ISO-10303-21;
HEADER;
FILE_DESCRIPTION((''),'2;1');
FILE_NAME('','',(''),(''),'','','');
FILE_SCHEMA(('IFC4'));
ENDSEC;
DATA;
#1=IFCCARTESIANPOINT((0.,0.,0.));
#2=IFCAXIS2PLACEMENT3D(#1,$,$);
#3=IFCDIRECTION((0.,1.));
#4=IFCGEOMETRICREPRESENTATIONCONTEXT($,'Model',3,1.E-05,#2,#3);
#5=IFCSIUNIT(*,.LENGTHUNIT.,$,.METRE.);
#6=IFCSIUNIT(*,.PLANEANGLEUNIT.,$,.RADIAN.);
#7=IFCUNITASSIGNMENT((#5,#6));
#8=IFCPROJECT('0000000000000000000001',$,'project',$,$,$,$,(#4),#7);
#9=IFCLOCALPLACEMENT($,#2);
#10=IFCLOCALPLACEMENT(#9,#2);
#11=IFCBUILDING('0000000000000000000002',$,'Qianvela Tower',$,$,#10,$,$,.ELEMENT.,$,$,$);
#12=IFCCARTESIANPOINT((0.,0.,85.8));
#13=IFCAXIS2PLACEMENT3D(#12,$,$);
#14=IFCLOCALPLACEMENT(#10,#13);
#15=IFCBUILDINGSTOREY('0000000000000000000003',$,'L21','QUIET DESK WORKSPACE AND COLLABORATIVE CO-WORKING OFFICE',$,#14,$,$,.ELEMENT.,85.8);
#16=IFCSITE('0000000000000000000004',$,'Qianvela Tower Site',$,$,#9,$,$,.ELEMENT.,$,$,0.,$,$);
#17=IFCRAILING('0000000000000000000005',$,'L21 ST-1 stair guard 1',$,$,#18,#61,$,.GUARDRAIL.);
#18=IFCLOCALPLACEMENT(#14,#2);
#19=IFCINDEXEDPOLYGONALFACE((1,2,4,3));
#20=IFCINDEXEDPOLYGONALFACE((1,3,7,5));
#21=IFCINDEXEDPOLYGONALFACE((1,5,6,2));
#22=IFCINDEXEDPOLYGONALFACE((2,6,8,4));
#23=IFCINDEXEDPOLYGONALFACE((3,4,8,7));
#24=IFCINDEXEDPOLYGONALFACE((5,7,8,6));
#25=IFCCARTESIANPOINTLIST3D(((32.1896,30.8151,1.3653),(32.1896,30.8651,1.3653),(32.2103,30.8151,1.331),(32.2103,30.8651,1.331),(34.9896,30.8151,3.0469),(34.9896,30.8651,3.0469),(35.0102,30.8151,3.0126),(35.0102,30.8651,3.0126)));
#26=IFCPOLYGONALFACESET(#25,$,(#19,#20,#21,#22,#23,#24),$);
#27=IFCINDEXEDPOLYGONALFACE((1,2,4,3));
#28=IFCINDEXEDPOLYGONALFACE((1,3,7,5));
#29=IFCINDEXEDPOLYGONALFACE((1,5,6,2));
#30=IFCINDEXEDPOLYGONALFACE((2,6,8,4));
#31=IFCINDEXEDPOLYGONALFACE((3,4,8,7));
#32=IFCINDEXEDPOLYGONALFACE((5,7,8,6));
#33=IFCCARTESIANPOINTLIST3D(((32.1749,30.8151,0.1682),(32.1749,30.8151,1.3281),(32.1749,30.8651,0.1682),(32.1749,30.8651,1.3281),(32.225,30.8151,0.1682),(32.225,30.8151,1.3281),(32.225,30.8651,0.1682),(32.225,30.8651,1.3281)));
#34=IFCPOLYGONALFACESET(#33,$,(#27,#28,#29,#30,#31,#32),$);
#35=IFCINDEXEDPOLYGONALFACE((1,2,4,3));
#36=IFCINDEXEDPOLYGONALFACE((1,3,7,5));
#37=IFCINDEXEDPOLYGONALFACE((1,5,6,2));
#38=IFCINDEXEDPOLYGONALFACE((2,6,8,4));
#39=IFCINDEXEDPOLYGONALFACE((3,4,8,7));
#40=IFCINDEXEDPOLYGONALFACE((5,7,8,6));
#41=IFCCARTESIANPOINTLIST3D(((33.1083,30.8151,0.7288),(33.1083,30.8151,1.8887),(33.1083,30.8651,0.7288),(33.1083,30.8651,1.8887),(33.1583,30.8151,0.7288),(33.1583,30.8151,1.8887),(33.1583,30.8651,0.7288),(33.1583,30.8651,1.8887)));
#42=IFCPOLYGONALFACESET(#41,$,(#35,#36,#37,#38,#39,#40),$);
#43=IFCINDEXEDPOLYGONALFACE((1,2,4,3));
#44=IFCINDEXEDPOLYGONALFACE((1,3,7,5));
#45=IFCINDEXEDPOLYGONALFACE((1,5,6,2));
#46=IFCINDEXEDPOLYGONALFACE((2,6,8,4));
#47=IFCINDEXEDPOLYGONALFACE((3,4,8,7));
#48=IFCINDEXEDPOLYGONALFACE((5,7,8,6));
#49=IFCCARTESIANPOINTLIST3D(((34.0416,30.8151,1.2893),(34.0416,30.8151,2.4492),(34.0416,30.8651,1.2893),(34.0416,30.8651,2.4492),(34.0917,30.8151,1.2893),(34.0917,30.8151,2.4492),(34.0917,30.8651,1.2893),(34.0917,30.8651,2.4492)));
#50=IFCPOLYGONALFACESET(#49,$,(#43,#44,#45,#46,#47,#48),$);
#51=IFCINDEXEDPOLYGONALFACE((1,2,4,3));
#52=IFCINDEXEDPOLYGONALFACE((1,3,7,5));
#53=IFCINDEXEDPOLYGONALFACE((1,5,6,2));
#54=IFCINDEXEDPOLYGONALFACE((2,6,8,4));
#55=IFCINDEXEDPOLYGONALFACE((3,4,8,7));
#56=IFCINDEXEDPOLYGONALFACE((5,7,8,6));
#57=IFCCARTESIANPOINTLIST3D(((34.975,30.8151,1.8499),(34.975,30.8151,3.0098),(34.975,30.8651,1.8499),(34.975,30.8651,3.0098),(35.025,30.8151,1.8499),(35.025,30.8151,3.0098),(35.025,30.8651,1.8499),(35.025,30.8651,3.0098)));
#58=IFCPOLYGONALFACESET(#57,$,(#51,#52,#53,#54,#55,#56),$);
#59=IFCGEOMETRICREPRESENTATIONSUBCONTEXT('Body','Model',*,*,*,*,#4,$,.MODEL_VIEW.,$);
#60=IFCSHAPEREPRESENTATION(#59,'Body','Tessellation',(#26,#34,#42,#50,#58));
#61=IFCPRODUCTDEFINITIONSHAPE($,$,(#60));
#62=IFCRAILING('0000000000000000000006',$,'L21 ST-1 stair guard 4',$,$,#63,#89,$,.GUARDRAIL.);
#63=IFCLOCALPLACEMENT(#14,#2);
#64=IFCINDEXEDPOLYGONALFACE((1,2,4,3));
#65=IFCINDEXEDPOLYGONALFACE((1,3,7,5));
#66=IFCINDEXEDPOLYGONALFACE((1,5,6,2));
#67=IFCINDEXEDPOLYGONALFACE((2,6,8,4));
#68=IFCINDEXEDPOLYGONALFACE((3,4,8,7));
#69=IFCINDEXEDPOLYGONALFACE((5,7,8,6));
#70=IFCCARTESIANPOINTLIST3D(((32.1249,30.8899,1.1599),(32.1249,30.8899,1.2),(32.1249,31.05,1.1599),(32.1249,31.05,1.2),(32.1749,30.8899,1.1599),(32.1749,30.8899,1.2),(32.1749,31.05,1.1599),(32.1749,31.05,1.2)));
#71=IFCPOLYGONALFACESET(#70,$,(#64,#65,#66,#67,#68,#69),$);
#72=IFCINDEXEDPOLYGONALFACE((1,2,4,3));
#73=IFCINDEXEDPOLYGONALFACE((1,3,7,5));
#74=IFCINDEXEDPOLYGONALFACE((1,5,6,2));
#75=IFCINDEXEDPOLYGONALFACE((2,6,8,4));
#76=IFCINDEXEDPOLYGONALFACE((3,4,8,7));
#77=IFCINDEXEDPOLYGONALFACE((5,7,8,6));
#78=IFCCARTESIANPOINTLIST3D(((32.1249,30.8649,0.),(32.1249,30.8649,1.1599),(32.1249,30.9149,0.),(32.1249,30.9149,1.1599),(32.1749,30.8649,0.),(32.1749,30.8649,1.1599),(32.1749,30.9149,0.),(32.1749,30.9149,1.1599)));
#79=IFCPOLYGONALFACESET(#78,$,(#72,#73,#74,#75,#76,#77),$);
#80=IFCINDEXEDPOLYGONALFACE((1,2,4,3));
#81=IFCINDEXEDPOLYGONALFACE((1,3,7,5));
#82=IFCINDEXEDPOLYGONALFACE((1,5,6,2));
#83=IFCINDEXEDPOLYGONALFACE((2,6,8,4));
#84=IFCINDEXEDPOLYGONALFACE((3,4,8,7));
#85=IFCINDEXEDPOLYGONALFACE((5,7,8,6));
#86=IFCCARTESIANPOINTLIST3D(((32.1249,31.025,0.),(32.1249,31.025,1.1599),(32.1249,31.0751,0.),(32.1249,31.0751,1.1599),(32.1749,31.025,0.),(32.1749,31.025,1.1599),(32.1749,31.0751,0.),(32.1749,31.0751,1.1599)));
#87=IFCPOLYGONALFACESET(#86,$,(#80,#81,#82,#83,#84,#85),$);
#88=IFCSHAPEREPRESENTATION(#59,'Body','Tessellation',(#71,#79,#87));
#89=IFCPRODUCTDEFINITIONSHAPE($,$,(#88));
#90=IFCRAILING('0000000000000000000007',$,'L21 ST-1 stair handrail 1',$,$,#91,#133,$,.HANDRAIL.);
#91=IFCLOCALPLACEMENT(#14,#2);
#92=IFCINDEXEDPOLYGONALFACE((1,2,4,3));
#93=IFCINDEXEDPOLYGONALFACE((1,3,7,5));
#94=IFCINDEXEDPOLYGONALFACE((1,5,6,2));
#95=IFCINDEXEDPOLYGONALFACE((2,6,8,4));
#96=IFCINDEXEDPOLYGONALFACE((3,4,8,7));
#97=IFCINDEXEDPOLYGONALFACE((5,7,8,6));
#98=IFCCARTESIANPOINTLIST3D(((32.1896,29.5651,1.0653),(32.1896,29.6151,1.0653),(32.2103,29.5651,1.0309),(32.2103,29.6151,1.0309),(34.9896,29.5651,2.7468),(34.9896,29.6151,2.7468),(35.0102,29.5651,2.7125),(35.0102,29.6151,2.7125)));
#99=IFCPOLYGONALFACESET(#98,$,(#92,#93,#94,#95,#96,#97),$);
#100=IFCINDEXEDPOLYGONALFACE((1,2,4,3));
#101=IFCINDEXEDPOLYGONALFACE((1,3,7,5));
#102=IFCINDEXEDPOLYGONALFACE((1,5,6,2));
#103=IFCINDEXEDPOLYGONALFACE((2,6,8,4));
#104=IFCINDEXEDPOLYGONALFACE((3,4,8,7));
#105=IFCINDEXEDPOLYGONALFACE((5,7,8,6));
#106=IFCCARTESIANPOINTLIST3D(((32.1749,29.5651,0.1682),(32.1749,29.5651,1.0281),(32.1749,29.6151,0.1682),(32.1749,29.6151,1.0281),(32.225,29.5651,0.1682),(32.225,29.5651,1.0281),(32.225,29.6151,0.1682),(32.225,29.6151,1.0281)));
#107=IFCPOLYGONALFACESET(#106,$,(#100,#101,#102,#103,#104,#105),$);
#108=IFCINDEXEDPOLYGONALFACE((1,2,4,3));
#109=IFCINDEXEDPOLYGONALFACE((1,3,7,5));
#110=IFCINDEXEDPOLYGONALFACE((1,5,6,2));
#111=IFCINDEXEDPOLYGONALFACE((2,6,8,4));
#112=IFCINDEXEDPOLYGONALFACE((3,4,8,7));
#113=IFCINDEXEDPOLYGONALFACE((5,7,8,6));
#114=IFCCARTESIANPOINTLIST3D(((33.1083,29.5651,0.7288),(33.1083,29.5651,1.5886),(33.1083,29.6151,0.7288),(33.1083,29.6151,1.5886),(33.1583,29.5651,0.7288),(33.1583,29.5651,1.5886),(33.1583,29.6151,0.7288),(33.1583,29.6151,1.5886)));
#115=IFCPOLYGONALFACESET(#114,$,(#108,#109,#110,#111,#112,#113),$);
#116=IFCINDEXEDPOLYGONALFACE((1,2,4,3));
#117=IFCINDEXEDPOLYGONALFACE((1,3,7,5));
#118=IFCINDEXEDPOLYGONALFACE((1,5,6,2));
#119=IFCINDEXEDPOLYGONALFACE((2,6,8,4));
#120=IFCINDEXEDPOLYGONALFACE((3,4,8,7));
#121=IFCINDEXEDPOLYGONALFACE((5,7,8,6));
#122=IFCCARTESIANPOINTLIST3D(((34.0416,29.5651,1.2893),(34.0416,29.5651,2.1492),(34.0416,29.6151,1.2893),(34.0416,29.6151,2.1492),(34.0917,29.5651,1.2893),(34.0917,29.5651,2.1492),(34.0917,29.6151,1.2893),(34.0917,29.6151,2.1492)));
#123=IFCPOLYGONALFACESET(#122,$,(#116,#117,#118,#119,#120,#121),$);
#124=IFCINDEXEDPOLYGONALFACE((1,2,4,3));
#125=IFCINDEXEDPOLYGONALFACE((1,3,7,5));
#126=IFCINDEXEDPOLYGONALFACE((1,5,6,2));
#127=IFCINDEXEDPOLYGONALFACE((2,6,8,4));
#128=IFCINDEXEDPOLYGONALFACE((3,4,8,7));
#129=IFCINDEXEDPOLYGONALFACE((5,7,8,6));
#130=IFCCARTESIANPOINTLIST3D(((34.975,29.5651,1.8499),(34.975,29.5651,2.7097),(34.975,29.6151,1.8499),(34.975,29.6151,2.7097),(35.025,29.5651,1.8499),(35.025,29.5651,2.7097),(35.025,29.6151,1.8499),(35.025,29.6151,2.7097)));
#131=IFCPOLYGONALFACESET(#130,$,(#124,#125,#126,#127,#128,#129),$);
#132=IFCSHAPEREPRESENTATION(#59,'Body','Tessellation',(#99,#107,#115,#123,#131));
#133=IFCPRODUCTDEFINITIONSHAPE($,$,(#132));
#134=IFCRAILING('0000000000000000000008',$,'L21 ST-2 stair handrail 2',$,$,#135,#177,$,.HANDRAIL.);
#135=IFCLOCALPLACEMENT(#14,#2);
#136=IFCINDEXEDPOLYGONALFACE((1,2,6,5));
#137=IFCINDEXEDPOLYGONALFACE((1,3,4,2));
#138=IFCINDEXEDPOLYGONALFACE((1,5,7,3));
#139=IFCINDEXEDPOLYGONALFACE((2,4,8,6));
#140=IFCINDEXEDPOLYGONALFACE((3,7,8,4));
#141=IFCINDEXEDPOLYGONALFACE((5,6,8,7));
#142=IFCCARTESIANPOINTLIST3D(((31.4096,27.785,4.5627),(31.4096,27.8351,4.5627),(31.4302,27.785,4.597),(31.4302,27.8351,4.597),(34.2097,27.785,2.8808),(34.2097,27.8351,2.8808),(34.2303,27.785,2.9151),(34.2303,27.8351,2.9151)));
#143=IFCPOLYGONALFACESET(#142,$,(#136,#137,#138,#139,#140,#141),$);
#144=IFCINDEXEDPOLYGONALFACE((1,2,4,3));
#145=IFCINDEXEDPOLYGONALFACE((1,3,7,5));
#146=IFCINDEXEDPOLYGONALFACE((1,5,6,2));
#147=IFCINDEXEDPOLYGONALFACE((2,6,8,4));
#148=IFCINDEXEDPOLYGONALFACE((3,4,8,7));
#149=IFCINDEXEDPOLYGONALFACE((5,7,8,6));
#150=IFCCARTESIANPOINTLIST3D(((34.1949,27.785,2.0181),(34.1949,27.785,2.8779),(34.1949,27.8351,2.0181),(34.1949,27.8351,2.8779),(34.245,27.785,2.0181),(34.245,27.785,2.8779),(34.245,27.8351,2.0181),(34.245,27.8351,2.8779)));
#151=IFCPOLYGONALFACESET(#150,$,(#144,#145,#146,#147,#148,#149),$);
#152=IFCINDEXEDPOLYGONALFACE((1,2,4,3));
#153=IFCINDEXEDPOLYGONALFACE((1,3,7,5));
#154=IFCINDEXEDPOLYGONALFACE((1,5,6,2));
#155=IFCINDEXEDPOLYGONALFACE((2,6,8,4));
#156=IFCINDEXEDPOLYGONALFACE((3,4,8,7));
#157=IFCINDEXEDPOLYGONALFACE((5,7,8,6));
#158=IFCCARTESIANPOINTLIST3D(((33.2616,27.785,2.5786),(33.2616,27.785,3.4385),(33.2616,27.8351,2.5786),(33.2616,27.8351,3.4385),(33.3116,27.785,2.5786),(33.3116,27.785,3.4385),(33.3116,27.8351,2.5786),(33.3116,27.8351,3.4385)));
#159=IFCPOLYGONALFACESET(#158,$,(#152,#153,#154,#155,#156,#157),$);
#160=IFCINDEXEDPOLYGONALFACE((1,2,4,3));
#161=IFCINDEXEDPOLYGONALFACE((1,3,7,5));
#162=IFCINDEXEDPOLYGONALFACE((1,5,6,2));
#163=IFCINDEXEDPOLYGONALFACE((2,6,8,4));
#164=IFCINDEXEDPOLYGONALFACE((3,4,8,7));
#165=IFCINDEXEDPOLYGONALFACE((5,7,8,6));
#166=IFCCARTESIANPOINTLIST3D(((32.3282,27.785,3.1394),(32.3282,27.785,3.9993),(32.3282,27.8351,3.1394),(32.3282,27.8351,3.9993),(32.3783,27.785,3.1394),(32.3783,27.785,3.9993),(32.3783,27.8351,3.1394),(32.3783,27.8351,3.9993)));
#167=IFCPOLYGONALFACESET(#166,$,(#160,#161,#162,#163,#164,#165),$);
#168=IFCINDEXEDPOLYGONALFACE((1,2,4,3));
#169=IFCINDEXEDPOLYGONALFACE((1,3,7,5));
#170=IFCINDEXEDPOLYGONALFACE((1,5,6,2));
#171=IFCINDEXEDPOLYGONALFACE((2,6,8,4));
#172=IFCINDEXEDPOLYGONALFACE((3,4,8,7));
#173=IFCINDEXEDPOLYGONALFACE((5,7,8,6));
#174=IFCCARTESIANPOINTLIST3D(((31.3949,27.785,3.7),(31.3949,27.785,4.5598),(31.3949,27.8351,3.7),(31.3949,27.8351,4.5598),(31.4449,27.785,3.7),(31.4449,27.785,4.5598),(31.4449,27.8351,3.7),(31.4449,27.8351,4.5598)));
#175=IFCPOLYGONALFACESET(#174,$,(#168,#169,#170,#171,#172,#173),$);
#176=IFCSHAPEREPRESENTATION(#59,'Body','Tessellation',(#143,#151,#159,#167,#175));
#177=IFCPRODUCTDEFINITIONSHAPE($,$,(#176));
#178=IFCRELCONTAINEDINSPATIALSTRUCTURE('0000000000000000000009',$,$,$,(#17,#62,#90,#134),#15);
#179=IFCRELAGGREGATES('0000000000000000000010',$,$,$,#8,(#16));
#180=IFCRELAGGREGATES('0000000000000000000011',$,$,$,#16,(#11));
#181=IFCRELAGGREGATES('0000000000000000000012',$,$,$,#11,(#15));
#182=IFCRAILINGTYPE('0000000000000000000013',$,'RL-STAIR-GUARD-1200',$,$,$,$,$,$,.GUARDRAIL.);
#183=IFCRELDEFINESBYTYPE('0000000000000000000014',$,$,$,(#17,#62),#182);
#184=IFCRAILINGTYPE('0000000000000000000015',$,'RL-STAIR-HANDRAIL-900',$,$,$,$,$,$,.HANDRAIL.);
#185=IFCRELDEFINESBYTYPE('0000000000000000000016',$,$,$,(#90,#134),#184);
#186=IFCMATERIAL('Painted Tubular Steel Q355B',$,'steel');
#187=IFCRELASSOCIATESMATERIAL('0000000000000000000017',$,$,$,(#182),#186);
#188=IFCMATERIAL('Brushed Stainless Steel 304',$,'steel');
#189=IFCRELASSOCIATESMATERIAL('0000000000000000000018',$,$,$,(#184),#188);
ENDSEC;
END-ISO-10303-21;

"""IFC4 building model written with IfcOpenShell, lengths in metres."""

from ifc_helpers import new_model, si_unit, direction, frame, origin, origin_2d, place, context, subcontext, project, spatial, rectangle, extrude, material, type_object, element, save


model = new_model("IFC4")

# Units and contexts
model_context = context("Model", 3, precision=1e-05, world=origin(), true_north=direction((0.0, 1.0)))
body_context = subcontext(model_context, "Body", "Model", "MODEL_VIEW")
ifc_project = project(units=[si_unit("LENGTHUNIT", "METRE"), si_unit("PLANEANGLEUNIT", "RADIAN")], contexts=[model_context])

# Site, building, storey
site_placement = place(None, origin())
site = spatial("IfcSite", under=ifc_project, at=site_placement, Name="Qianvela Tower Site", CompositionType="ELEMENT", RefElevation=0.0)
building_placement = place(site_placement, origin())
building = spatial("IfcBuilding", under=site, at=building_placement, Name="Qianvela Tower", CompositionType="ELEMENT")
storey_placement = place(building_placement, frame((0.0, 0.0, 85.8)))
storey = spatial("IfcBuildingStorey", under=building, at=storey_placement, Name="L21", Description="QUIET DESK WORKSPACE AND COLLABORATIVE CO-WORKING OFFICE", CompositionType="ELEMENT", Elevation=85.8)

# Railings
ifc_material_1 = material(Name="Painted Tubular Steel Q355B", Category="steel")
railing_type_1 = type_object("IfcRailingType", Name="RL-STAIR-GUARD-1200", PredefinedType="GUARDRAIL", material=ifc_material_1)
railing_1_placement = place(storey_placement, frame((32.2, 30.8401, 0.1682)))
element("IfcRailing", 1, at=railing_1_placement, inside=storey, type_object=railing_type_1, Name="L21 ST-1 stair guard 1", PredefinedType="GUARDRAIL", context=body_context, shape_type="SweptSolid", body=[
    extrude(rectangle(XDim=0.05, YDim=0.04, at=origin_2d()), frame((0.0, 0.0, 1.1799), z_axis=(0.857275, 0.0, 0.514858), x_axis=(0.0, 1.0, 0.0)), (0.0, 0.0, 1.0), 3.2661),
    extrude(rectangle(XDim=0.05, YDim=0.05, at=origin_2d()), origin(), (0.0, 0.0, 1.0), 1.1599),
    extrude(rectangle(XDim=0.05, YDim=0.05, at=origin_2d()), frame((0.9333, 0.0, 0.5605)), (0.0, 0.0, 1.0), 1.1599),
    extrude(rectangle(XDim=0.05, YDim=0.05, at=origin_2d()), frame((1.8667, 0.0, 1.1211)), (0.0, 0.0, 1.0), 1.1599),
    extrude(rectangle(XDim=0.05, YDim=0.05, at=origin_2d()), frame((2.8, 0.0, 1.6816)), (0.0, 0.0, 1.0), 1.1599),
])
railing_2_placement = place(storey_placement, frame((32.1499, 30.8899, 0.0)))
element("IfcRailing", 2, at=railing_2_placement, inside=storey, type_object=railing_type_1, Name="L21 ST-1 stair guard 4", PredefinedType="GUARDRAIL", context=body_context, shape_type="SweptSolid", body=[
    extrude(rectangle(XDim=0.05, YDim=0.04, at=origin_2d()), frame((0.0, 0.0, 1.1799), z_axis=(0.0, 1.0, 0.0), x_axis=(-1.0, 0.0, 0.0)), (0.0, 0.0, 1.0), 0.1602),
    extrude(rectangle(XDim=0.05, YDim=0.05, at=origin_2d()), origin(), (0.0, 0.0, 1.0), 1.1599),
    extrude(rectangle(XDim=0.05, YDim=0.05, at=origin_2d()), frame((0.0, 0.1602, 0.0)), (0.0, 0.0, 1.0), 1.1599),
])
ifc_material_2 = material(Name="Brushed Stainless Steel 304", Category="steel")
railing_type_2 = type_object("IfcRailingType", Name="RL-STAIR-HANDRAIL-900", PredefinedType="HANDRAIL", material=ifc_material_2)
railing_3_placement = place(storey_placement, frame((32.2, 29.5901, 0.1682)))
element("IfcRailing", 3, at=railing_3_placement, inside=storey, type_object=railing_type_2, Name="L21 ST-1 stair handrail 1", PredefinedType="HANDRAIL", context=body_context, shape_type="SweptSolid", body=[
    extrude(rectangle(XDim=0.05, YDim=0.04, at=origin_2d()), frame((0.0, 0.0, 0.8799), z_axis=(0.857275, 0.0, 0.514858), x_axis=(0.0, 1.0, 0.0)), (0.0, 0.0, 1.0), 3.2661),
    extrude(rectangle(XDim=0.05, YDim=0.05, at=origin_2d()), origin(), (0.0, 0.0, 1.0), 0.8599),
    extrude(rectangle(XDim=0.05, YDim=0.05, at=origin_2d()), frame((0.9333, 0.0, 0.5605)), (0.0, 0.0, 1.0), 0.8599),
    extrude(rectangle(XDim=0.05, YDim=0.05, at=origin_2d()), frame((1.8667, 0.0, 1.1211)), (0.0, 0.0, 1.0), 0.8599),
    extrude(rectangle(XDim=0.05, YDim=0.05, at=origin_2d()), frame((2.8, 0.0, 1.6816)), (0.0, 0.0, 1.0), 0.8599),
])
railing_4_placement = place(storey_placement, frame((34.22, 27.8101, 2.0181)))
element("IfcRailing", 4, at=railing_4_placement, inside=storey, type_object=railing_type_2, Name="L21 ST-2 stair handrail 2", PredefinedType="HANDRAIL", context=body_context, shape_type="SweptSolid", body=[
    extrude(rectangle(XDim=0.05, YDim=0.04, at=origin_2d()), frame((0.0, 0.0, 0.8799), z_axis=(-0.857242, 0.0, 0.514913), x_axis=(0.0, -1.0, 0.0)), (0.0, 0.0, 1.0), 3.2664),
    extrude(rectangle(XDim=0.05, YDim=0.05, at=origin_2d()), origin(), (0.0, 0.0, 1.0), 0.8599),
    extrude(rectangle(XDim=0.05, YDim=0.05, at=origin_2d()), frame((-0.9333, 0.0, 0.5605)), (0.0, 0.0, 1.0), 0.8599),
    extrude(rectangle(XDim=0.05, YDim=0.05, at=origin_2d()), frame((-1.8667, 0.0, 1.1213)), (0.0, 0.0, 1.0), 0.8599),
    extrude(rectangle(XDim=0.05, YDim=0.05, at=origin_2d()), frame((-2.8, 0.0, 1.6819)), (0.0, 0.0, 1.0), 0.8599),
])

save(model, "model.ifc")
